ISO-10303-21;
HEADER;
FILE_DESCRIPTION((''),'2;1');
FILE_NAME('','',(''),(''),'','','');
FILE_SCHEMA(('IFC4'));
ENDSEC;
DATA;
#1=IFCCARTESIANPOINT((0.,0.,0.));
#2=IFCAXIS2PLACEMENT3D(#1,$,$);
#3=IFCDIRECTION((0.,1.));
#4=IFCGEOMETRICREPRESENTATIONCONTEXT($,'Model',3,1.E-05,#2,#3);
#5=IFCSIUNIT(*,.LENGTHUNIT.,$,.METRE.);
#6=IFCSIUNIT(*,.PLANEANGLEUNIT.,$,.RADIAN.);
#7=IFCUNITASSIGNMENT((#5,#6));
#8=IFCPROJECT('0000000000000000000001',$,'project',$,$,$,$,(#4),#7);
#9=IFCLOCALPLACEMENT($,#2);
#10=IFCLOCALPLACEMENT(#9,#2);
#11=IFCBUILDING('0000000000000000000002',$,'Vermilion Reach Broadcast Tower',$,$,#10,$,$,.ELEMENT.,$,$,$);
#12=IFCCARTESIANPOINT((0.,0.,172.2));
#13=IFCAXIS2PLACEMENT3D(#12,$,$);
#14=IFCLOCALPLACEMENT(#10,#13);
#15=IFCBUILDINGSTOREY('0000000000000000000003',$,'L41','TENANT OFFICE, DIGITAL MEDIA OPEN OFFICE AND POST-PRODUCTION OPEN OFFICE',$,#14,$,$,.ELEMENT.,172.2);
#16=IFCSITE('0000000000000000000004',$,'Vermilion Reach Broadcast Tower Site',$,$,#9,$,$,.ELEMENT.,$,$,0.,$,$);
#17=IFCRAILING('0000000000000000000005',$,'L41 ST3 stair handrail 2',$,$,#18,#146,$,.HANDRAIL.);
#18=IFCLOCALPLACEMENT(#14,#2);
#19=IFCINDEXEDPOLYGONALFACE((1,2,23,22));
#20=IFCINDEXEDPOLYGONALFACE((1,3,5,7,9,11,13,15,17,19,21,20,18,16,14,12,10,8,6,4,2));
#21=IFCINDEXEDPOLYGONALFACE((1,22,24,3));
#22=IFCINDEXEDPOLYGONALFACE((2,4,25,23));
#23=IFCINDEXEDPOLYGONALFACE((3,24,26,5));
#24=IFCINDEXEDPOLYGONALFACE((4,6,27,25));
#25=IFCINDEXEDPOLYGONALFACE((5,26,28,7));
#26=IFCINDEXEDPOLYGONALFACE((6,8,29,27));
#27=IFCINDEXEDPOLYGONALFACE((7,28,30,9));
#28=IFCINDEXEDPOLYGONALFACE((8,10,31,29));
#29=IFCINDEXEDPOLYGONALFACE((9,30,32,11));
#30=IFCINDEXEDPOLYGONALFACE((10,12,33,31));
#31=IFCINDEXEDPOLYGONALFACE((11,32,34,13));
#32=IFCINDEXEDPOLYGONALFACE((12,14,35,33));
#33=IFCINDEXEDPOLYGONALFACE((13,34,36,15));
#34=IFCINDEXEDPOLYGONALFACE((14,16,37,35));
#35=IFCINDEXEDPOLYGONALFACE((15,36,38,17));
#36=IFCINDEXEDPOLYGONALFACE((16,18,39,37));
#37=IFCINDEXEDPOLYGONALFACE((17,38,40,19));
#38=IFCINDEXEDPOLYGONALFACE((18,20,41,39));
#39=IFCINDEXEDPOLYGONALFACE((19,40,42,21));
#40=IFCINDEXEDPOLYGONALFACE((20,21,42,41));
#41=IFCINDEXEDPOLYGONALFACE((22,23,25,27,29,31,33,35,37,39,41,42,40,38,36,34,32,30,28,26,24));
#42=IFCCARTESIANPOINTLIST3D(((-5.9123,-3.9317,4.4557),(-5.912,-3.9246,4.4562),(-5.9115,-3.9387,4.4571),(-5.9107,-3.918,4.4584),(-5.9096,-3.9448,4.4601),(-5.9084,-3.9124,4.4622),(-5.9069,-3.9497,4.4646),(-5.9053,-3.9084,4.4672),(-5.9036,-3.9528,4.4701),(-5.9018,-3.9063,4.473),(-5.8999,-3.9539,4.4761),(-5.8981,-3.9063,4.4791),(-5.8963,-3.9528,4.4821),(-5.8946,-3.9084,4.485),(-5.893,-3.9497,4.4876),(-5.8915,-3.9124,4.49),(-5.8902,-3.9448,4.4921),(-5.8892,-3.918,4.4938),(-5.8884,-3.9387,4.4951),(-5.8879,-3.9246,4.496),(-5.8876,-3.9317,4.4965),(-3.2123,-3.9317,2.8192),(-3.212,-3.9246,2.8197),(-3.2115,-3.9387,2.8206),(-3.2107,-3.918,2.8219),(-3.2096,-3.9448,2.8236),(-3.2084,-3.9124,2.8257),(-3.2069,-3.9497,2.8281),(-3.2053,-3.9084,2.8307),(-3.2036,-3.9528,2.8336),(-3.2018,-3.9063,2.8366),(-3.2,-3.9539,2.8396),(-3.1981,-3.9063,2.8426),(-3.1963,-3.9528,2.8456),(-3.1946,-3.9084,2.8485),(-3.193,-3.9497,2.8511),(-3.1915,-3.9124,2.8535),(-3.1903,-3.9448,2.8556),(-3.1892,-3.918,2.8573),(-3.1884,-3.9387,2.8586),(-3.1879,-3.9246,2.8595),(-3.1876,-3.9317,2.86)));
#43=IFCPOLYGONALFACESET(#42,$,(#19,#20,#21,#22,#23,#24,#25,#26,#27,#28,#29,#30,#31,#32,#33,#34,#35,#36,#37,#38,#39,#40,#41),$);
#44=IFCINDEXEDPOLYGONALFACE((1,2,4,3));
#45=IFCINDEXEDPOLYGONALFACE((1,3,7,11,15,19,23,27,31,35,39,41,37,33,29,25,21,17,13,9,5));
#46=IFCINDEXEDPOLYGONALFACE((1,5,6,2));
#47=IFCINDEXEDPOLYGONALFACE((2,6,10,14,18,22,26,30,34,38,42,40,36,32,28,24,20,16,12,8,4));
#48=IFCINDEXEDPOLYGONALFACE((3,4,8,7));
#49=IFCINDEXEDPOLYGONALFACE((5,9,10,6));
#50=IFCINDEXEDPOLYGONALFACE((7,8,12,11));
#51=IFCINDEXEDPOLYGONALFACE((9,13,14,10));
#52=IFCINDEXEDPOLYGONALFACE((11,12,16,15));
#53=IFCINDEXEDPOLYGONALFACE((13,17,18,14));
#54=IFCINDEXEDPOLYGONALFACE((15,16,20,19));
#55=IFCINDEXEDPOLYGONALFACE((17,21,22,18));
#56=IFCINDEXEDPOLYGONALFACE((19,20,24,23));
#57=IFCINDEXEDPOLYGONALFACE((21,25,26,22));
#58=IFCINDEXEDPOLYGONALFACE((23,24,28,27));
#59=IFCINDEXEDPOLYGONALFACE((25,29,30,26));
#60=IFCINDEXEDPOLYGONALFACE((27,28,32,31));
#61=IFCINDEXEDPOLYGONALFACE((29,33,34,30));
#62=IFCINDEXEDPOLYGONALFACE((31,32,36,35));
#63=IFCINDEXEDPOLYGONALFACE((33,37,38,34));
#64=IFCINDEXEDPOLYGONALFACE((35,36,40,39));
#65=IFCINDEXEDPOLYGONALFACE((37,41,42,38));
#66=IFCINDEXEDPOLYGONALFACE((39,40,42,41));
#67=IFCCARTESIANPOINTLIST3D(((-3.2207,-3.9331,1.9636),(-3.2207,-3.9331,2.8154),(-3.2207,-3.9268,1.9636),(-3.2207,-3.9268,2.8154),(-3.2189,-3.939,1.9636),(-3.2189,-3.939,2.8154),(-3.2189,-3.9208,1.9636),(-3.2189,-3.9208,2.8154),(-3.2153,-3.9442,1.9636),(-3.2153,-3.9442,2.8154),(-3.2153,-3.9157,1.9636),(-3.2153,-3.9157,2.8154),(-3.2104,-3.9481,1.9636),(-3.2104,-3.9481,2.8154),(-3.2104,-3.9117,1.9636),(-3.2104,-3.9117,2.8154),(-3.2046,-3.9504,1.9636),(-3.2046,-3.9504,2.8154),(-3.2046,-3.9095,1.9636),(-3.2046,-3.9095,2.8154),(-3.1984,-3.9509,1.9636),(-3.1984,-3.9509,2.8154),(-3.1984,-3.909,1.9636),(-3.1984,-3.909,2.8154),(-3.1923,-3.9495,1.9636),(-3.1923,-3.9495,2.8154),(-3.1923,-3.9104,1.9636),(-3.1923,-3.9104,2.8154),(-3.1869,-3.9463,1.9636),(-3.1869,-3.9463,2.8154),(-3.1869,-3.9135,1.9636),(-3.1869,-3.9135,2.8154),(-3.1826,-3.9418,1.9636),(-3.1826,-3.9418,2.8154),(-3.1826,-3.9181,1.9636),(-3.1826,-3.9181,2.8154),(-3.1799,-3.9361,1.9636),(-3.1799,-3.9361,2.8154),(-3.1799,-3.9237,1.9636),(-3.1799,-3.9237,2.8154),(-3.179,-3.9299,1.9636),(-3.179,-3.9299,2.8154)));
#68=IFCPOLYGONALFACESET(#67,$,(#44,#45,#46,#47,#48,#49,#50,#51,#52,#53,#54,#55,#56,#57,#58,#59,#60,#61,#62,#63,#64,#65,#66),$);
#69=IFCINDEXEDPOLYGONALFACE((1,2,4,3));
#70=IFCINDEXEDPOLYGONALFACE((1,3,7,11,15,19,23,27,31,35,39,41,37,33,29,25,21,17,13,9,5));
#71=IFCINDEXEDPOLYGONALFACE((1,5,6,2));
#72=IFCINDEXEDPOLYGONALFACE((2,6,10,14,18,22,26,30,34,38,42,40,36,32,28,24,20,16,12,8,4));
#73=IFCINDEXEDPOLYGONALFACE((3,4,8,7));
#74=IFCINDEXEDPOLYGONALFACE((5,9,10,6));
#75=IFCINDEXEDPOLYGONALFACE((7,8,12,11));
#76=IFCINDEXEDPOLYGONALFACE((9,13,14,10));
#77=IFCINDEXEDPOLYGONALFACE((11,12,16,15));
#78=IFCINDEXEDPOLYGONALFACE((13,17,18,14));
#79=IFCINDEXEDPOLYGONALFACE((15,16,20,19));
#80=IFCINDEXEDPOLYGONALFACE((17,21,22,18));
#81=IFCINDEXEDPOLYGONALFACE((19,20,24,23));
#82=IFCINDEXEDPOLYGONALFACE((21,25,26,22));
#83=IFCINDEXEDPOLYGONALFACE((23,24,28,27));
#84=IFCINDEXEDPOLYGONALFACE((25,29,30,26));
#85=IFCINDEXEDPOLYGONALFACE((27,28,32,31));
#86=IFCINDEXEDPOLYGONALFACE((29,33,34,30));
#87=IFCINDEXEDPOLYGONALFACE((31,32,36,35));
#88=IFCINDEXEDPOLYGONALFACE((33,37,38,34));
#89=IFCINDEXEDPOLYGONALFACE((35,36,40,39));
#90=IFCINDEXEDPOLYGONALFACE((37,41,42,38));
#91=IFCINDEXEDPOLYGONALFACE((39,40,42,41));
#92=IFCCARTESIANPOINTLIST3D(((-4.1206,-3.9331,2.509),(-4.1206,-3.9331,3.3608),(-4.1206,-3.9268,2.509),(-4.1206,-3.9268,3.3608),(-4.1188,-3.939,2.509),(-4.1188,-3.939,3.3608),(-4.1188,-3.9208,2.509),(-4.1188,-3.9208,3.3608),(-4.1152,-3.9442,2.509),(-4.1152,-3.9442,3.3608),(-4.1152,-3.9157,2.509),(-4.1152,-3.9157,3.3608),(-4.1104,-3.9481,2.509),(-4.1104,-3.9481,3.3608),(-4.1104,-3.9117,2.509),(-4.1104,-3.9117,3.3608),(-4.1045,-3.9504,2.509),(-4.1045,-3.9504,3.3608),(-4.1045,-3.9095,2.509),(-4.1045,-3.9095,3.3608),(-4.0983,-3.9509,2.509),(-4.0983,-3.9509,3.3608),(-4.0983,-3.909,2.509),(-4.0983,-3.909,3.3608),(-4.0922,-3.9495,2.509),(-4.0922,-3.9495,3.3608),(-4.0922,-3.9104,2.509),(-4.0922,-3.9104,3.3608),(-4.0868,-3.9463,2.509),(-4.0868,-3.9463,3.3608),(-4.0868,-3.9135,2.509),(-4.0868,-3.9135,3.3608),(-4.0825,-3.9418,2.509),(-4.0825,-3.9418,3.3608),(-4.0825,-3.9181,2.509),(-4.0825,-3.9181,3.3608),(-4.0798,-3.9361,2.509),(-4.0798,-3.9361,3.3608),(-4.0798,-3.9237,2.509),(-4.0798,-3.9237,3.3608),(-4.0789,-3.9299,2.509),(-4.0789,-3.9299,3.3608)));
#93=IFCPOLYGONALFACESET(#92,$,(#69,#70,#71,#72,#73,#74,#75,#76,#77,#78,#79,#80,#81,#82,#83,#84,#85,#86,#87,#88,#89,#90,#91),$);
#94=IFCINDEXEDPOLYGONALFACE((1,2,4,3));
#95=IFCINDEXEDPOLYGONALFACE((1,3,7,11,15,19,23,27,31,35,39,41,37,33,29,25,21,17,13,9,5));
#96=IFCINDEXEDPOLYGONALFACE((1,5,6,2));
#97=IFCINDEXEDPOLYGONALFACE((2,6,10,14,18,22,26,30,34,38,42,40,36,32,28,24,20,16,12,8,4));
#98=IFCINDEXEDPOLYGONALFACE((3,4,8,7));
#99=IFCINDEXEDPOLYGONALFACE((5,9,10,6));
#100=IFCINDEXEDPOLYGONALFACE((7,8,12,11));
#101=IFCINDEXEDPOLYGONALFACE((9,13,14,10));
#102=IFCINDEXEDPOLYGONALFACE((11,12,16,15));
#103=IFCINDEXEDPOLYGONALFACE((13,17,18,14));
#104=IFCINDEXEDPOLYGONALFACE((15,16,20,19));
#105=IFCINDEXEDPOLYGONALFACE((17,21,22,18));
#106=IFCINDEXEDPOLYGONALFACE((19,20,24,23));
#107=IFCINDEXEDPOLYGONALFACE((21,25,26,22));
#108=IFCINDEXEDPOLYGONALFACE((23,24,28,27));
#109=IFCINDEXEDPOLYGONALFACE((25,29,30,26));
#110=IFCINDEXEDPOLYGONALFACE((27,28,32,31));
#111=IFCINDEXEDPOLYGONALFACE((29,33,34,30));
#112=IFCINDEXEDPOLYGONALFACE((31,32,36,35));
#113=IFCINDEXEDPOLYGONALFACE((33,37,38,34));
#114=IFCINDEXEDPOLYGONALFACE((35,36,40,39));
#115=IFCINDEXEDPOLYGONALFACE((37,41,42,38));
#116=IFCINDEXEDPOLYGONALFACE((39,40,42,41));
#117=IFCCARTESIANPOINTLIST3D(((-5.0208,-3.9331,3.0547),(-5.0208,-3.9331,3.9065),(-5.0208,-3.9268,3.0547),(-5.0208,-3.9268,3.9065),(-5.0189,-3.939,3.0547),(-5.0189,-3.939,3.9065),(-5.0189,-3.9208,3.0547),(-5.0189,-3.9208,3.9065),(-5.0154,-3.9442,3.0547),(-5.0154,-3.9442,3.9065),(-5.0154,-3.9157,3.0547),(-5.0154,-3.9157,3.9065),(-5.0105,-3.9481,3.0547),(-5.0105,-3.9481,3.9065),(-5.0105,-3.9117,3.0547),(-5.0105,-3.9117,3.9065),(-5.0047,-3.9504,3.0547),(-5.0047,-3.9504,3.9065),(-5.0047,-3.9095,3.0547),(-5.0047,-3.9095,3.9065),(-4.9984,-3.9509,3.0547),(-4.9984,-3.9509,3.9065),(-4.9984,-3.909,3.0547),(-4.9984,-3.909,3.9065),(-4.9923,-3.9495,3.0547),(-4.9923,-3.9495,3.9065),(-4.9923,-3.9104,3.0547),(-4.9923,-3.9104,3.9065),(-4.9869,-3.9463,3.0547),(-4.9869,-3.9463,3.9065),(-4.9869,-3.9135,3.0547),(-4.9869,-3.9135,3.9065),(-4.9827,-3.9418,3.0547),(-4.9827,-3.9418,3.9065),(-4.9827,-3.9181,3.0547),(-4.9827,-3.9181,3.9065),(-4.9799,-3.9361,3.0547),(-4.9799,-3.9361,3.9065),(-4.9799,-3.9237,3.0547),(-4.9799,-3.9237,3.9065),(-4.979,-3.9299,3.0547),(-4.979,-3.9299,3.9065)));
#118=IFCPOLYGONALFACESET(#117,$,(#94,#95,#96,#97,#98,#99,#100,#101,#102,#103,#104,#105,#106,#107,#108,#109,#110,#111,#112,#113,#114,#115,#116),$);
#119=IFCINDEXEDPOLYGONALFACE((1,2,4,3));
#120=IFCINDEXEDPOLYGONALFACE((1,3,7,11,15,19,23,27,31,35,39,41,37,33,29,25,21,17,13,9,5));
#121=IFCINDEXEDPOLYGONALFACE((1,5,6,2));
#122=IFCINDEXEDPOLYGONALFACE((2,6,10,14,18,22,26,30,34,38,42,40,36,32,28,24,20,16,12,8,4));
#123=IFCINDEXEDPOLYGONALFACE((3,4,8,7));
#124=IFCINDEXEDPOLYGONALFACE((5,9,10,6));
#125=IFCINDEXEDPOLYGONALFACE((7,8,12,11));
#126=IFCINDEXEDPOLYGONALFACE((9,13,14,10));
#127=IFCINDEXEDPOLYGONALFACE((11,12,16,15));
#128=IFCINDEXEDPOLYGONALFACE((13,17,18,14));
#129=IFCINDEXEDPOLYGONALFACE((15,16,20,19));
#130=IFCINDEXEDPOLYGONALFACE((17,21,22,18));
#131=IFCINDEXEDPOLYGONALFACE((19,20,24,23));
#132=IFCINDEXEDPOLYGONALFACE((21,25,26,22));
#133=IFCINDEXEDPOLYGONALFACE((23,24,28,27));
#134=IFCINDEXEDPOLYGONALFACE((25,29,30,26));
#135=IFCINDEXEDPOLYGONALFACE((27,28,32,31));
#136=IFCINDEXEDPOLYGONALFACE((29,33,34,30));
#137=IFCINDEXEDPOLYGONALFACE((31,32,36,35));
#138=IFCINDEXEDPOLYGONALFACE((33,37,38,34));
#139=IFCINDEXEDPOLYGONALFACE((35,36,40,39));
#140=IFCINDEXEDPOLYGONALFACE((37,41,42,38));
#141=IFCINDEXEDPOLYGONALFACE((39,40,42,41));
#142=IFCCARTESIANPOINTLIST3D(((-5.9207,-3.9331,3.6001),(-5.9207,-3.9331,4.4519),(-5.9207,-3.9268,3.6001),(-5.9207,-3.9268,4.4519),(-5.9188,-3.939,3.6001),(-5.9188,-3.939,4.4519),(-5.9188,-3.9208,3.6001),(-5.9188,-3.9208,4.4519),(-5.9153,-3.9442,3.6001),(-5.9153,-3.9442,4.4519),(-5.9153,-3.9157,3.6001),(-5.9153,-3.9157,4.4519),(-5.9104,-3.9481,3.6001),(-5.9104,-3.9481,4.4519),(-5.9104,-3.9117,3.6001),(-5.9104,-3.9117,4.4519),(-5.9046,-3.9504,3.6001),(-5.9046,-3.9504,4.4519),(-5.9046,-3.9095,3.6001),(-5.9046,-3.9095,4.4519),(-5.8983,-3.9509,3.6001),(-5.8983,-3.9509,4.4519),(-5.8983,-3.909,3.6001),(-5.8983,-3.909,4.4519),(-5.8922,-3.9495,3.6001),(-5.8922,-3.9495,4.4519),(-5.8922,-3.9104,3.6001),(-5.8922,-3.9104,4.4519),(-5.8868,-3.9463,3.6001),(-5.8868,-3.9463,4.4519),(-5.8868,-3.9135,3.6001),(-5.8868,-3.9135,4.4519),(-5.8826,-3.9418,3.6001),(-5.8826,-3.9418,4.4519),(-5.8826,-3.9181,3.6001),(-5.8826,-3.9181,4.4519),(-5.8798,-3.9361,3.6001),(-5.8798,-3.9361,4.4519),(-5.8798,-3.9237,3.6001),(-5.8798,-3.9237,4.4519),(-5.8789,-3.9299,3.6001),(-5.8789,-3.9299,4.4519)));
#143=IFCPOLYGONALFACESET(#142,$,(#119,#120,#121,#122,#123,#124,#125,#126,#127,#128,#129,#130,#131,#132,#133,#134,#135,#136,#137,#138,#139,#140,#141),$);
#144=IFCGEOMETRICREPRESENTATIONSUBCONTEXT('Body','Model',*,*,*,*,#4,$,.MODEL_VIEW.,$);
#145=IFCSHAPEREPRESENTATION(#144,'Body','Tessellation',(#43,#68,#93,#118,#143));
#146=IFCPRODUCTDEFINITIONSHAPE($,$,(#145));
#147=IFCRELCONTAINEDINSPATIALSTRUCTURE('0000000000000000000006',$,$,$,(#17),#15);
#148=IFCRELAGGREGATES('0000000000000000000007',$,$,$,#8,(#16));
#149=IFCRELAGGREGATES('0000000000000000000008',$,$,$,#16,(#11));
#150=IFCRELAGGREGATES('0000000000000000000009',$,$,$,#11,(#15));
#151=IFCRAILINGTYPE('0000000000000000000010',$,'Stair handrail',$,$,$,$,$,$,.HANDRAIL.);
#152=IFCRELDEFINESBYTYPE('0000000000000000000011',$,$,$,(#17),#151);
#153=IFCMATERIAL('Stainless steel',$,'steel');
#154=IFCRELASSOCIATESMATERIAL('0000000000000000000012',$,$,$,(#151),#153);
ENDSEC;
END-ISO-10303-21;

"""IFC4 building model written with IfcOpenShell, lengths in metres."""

from ifc_helpers import new_model, si_unit, direction, frame, origin, origin_2d, place, context, subcontext, project, spatial, circle, extrude, material, type_object, element, save


model = new_model("IFC4")

# Units and contexts
model_context = context("Model", 3, precision=1e-05, world=origin(), true_north=direction((0.0, 1.0)))
body_context = subcontext(model_context, "Body", "Model", "MODEL_VIEW")
ifc_project = project(units=[si_unit("LENGTHUNIT", "METRE"), si_unit("PLANEANGLEUNIT", "RADIAN")], contexts=[model_context])

# Site, building, storey
site_placement = place(None, origin())
site = spatial("IfcSite", under=ifc_project, at=site_placement, Name="Vermilion Reach Broadcast Tower Site", CompositionType="ELEMENT", RefElevation=0.0)
building_placement = place(site_placement, origin())
building = spatial("IfcBuilding", under=site, at=building_placement, Name="Vermilion Reach Broadcast Tower", CompositionType="ELEMENT")
storey_placement = place(building_placement, frame((0.0, 0.0, 172.2)))
storey = spatial("IfcBuildingStorey", under=building, at=storey_placement, Name="L41", Description="TENANT OFFICE, DIGITAL MEDIA OPEN OFFICE AND POST-PRODUCTION OPEN OFFICE", CompositionType="ELEMENT", Elevation=172.2)

# Railing
ifc_material_1 = material(Name="Stainless steel", Category="steel")
railing_type_1 = type_object("IfcRailingType", Name="Stair handrail", PredefinedType="HANDRAIL", material=ifc_material_1)
railing_1_placement = place(storey_placement, frame((-3.2, -3.9299, 1.9636)))
element("IfcRailing", 1, at=railing_1_placement, inside=storey, type_object=railing_type_1, Name="L41 ST3 stair handrail 2", PredefinedType="HANDRAIL", context=body_context, shape_type="SweptSolid", body=[
    extrude(circle(Radius=0.0239, at=origin_2d()), frame((0.0, 0.0, 0.876), z_axis=(-0.855178, 0.0, 0.518334), x_axis=(0.0, -1.0, 0.0)), (0.0, 0.0, 1.0), 3.1572),
    extrude(circle(Radius=0.021, at=origin_2d()), origin(), (0.0, 0.0, 1.0), 0.8518),
    extrude(circle(Radius=0.021, at=origin_2d()), frame((-0.8999, 0.0, 0.5454)), (0.0, 0.0, 1.0), 0.8518),
    extrude(circle(Radius=0.021, at=origin_2d()), frame((-1.8, 0.0, 1.0911)), (0.0, 0.0, 1.0), 0.8518),
    extrude(circle(Radius=0.021, at=origin_2d()), frame((-2.7, 0.0, 1.6365)), (0.0, 0.0, 1.0), 0.8518),
])

save(model, "model.ifc")
